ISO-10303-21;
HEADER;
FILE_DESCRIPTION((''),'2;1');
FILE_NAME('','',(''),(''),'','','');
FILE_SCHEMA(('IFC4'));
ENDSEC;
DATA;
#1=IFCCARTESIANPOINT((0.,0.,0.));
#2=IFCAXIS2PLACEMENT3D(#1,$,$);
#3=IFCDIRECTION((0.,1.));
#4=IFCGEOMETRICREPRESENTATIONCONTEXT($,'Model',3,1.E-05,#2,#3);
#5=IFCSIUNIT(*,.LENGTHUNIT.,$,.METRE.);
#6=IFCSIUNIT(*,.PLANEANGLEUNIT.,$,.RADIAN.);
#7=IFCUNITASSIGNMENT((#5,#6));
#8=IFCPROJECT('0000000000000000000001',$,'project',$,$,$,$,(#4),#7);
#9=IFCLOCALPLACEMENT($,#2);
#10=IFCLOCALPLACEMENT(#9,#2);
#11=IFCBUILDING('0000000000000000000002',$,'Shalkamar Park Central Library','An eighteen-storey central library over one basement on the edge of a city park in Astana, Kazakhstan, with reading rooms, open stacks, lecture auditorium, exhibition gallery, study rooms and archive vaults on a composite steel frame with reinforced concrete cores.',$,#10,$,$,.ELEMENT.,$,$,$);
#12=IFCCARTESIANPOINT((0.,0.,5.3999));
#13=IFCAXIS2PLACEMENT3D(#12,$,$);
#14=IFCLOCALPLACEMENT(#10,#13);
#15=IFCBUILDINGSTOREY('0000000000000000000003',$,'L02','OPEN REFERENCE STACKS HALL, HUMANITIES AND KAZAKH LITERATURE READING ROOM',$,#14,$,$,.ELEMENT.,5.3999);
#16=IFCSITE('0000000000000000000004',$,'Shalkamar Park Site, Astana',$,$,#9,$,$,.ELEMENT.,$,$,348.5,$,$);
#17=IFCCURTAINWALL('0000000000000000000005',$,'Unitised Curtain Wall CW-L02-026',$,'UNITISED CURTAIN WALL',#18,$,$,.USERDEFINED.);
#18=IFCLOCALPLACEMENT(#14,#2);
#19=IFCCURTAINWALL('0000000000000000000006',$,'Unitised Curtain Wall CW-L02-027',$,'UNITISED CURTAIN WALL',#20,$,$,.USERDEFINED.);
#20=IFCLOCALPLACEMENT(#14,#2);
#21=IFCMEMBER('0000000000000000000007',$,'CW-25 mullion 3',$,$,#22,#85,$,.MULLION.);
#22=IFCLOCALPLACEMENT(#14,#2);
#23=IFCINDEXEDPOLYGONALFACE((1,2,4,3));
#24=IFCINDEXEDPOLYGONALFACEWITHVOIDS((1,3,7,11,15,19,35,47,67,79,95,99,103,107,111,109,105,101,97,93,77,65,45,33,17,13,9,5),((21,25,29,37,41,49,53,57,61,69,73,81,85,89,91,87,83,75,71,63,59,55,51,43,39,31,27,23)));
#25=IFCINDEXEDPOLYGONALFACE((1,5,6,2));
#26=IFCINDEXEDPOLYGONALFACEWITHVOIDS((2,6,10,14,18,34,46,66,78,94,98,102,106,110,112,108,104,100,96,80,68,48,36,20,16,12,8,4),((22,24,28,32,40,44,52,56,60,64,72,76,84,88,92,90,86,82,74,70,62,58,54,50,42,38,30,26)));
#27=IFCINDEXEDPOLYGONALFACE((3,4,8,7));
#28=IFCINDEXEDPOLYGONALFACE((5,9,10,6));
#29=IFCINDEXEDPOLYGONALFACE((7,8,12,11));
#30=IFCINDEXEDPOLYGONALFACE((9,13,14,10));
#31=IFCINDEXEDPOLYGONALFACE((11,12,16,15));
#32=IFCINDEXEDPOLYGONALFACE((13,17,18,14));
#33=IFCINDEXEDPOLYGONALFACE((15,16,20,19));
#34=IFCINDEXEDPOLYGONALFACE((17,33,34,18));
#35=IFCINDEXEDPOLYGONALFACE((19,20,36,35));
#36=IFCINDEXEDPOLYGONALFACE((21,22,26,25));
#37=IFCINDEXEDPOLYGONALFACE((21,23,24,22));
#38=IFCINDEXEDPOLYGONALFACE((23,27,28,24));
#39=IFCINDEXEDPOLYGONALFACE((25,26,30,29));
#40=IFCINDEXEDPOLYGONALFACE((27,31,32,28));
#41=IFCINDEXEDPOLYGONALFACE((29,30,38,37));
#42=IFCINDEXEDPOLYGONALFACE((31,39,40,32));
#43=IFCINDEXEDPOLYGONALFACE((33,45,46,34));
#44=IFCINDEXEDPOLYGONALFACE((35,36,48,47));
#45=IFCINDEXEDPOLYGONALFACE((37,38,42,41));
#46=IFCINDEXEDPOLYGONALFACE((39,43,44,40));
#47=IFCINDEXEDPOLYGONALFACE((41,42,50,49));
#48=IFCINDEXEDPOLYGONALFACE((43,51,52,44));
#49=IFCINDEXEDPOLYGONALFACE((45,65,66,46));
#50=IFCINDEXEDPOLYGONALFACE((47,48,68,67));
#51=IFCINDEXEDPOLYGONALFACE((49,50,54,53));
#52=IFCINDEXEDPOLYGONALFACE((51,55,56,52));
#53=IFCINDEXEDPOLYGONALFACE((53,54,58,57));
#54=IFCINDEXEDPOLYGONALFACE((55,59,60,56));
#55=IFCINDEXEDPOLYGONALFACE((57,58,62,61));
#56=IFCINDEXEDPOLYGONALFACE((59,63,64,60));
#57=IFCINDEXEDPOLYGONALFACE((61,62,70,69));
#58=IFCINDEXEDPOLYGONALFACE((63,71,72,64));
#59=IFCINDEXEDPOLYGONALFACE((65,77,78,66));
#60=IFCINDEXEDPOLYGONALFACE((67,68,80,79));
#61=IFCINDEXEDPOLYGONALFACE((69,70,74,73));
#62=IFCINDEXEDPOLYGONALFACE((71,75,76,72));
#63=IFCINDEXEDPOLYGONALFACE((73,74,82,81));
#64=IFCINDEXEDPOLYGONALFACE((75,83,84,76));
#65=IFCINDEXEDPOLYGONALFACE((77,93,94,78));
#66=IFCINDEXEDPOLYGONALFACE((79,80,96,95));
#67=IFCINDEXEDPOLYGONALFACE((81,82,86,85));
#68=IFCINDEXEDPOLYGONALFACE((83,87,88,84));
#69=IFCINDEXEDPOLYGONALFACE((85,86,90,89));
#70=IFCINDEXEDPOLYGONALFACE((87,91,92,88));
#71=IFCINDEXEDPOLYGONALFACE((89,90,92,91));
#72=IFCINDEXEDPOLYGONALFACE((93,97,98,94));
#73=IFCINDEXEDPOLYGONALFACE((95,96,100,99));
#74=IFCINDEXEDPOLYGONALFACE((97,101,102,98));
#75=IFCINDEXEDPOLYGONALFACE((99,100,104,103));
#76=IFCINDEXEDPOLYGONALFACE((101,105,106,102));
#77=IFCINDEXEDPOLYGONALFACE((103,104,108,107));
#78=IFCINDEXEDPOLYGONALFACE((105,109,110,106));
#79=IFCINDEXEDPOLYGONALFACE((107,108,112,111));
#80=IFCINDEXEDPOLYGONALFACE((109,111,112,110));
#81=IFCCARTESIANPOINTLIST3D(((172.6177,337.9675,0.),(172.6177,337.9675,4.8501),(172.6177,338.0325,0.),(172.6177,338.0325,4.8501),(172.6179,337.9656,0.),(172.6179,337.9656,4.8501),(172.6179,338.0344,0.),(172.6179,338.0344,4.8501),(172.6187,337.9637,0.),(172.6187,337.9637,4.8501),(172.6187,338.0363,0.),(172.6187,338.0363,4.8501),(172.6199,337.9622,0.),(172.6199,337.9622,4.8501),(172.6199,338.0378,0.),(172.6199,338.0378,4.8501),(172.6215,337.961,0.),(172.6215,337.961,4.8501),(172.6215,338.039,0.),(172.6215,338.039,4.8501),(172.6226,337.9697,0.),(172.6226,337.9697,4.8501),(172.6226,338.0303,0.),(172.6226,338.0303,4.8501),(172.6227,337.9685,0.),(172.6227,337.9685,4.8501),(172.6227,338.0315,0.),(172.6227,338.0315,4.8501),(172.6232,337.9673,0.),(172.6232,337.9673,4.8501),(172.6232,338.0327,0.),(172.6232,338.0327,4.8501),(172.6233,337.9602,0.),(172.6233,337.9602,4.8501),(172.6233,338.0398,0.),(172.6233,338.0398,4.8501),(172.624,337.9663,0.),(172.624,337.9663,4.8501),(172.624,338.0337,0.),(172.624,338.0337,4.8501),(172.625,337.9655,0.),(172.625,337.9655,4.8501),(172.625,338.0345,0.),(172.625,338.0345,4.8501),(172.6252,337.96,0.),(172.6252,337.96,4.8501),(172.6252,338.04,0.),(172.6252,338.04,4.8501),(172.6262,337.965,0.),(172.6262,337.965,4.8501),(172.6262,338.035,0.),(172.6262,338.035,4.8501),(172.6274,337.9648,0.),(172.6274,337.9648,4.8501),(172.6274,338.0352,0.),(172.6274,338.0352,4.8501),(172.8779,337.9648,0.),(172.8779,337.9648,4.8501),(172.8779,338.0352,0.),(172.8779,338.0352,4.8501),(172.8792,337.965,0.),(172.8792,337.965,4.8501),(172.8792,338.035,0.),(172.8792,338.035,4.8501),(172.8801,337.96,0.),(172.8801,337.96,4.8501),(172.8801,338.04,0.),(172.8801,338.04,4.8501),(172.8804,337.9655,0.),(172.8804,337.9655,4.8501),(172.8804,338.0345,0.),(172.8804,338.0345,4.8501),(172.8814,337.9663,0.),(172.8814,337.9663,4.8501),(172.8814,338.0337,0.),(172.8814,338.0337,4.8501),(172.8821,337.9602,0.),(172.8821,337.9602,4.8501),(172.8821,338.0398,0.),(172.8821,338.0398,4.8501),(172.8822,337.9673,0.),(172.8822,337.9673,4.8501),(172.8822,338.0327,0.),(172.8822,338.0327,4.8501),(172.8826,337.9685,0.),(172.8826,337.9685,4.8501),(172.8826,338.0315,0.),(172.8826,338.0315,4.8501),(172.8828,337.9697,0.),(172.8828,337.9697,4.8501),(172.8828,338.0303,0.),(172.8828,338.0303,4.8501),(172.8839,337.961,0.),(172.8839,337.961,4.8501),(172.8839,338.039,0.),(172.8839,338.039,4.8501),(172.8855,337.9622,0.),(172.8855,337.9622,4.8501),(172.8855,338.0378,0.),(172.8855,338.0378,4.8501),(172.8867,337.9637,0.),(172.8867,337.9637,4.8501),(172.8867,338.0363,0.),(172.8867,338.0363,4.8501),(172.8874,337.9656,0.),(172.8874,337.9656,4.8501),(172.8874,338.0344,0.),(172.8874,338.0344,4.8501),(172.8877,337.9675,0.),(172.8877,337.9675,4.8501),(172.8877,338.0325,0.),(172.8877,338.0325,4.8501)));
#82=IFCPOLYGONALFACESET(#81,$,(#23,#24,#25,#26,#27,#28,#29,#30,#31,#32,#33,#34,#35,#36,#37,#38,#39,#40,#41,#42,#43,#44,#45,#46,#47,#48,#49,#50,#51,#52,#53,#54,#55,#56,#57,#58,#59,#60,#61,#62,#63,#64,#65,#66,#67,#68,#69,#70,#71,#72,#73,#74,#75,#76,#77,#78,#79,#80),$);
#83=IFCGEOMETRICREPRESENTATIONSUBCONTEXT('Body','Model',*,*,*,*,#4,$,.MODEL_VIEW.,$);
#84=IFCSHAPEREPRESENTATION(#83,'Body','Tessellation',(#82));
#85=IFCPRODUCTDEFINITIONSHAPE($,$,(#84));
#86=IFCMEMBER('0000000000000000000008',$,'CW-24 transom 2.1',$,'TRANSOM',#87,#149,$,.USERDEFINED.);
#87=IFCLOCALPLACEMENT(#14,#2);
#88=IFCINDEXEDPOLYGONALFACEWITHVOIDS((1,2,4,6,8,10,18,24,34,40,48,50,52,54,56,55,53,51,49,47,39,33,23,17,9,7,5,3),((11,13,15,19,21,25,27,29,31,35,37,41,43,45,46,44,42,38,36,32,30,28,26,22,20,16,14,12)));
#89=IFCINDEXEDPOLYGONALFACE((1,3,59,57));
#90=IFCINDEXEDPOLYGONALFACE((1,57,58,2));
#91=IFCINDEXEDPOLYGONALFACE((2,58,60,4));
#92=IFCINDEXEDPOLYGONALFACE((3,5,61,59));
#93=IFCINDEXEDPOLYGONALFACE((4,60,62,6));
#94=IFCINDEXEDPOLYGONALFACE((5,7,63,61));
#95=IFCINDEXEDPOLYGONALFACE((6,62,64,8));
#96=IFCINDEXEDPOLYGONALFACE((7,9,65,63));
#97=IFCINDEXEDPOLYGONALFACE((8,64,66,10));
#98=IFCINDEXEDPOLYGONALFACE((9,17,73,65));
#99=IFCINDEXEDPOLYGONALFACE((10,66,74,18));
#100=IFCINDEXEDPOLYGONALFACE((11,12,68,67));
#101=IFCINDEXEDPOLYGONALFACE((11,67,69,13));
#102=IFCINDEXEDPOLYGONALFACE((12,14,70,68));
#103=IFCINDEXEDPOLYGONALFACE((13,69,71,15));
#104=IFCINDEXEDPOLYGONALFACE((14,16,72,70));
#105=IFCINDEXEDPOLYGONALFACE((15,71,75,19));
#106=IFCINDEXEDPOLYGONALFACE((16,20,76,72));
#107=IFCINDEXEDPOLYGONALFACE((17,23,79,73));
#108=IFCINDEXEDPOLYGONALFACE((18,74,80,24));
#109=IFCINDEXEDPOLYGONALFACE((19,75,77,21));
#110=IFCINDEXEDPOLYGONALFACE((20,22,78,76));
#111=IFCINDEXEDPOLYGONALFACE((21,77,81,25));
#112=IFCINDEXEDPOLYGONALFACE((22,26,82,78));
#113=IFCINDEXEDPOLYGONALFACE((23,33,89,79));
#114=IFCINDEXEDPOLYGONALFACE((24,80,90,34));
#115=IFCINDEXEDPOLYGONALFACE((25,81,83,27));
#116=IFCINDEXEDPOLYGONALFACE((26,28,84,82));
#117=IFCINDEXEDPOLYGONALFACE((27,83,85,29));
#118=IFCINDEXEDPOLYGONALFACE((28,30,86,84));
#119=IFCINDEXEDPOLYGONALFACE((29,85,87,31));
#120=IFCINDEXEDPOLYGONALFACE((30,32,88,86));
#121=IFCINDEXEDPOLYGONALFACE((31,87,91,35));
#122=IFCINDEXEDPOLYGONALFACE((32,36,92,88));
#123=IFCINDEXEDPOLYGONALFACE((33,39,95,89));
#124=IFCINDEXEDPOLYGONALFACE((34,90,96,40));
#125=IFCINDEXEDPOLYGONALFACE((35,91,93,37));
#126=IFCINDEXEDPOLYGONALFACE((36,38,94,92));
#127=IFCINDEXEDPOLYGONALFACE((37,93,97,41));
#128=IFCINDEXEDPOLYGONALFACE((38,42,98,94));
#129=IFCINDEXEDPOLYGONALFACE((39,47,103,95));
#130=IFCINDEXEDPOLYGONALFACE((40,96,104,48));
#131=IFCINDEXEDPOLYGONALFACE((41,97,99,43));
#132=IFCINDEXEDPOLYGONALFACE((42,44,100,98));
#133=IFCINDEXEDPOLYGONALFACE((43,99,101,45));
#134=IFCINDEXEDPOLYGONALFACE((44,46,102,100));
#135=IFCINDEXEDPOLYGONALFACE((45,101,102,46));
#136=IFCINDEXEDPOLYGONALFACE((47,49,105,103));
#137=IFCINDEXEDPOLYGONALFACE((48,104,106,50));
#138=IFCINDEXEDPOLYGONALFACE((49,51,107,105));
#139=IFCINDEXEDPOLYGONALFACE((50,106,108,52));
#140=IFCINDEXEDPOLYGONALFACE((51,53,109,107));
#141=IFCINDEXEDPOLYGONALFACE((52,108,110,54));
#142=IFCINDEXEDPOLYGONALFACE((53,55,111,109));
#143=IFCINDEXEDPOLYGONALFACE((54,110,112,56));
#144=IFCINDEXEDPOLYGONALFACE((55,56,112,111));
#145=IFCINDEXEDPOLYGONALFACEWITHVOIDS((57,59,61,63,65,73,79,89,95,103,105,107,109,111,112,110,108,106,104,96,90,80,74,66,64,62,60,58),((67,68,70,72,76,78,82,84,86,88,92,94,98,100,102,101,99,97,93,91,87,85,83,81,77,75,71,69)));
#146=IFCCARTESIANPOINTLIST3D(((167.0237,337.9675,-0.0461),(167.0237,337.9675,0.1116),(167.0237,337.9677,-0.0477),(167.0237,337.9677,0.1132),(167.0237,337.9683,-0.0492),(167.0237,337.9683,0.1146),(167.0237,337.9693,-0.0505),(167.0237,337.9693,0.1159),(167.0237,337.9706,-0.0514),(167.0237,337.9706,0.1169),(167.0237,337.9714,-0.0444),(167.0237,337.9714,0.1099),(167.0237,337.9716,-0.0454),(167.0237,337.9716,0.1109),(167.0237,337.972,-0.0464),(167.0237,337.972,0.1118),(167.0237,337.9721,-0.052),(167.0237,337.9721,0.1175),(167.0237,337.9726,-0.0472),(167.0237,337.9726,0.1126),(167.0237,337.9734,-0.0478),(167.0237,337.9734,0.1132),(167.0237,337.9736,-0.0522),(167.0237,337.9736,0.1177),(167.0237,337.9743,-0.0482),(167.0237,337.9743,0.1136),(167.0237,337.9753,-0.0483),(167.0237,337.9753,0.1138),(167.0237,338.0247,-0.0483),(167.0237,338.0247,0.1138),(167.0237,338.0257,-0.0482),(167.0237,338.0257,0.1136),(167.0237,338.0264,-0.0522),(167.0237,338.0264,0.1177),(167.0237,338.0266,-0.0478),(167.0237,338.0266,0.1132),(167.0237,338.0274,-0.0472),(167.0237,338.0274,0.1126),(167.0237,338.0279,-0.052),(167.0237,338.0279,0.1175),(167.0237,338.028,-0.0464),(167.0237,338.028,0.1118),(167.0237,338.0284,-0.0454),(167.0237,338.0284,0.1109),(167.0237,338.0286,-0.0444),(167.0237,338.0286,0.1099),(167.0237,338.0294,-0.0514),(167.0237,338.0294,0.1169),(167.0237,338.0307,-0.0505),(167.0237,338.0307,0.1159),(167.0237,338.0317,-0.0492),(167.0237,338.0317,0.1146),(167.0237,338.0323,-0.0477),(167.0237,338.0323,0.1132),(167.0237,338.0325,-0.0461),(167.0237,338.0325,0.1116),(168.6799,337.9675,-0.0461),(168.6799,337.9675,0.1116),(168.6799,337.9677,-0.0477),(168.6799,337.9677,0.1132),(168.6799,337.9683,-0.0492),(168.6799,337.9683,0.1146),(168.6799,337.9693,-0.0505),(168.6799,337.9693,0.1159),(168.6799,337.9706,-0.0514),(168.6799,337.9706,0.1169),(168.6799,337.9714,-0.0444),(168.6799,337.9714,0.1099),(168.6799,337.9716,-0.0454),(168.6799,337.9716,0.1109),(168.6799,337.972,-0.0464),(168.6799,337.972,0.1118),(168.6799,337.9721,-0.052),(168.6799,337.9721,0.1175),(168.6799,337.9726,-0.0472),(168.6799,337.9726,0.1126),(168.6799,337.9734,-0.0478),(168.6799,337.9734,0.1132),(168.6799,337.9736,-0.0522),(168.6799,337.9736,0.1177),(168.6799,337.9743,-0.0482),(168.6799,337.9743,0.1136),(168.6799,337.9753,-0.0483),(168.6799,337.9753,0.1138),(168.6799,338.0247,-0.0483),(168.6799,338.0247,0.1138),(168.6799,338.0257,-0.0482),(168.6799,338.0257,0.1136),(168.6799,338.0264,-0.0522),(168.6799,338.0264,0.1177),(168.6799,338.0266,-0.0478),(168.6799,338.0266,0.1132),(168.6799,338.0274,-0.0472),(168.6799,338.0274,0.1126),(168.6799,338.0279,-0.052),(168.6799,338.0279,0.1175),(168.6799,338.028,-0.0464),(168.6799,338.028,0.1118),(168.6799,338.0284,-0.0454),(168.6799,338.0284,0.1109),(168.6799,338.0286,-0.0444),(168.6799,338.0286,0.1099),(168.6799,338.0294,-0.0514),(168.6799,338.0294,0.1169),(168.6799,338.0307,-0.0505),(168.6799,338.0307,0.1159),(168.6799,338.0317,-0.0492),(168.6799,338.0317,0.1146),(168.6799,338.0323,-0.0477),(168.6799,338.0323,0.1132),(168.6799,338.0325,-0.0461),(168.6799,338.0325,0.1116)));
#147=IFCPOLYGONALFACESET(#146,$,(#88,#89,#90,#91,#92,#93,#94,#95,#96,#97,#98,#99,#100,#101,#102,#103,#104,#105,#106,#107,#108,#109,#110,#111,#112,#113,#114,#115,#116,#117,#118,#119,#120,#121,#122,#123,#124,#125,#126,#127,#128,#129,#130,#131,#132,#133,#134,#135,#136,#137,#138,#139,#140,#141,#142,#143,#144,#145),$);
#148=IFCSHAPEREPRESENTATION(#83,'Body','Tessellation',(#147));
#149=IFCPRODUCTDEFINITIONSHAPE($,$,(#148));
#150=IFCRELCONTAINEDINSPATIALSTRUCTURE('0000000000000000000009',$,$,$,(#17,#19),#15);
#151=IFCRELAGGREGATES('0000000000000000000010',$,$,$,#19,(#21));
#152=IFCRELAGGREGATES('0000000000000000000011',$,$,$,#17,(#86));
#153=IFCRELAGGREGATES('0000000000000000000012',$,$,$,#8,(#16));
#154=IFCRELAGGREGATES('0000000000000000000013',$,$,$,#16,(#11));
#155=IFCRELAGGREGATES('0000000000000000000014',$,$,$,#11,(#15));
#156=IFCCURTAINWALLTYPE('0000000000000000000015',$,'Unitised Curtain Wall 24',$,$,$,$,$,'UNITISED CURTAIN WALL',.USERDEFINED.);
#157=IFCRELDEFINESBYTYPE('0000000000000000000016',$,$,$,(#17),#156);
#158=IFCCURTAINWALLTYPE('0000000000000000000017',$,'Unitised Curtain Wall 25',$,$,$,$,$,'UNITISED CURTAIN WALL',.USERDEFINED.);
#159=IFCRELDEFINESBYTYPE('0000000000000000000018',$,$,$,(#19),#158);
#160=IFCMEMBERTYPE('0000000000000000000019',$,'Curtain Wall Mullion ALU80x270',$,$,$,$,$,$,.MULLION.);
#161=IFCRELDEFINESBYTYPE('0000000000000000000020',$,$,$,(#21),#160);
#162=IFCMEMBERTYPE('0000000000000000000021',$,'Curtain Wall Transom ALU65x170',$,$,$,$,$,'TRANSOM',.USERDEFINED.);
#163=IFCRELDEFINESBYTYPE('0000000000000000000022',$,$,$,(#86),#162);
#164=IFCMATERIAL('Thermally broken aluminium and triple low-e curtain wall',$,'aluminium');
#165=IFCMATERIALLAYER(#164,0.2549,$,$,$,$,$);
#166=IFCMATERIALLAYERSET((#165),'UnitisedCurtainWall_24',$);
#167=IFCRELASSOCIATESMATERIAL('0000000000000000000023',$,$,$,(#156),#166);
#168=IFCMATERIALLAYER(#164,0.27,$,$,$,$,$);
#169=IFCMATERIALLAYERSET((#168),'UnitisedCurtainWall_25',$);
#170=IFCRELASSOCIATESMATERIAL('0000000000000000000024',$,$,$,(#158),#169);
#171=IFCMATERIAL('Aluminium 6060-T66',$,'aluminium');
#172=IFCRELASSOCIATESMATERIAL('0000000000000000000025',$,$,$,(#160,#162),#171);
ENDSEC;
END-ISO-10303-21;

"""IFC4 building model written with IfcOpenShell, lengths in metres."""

from ifc_helpers import new_model, si_unit, direction, frame, origin, origin_2d, place, context, subcontext, project, spatial, hollow_rectangle, extrude, material, layer, layer_set, material_profile, profile_set, type_object, element, aggregate, save


model = new_model("IFC4")

# Units and contexts
model_context = context("Model", 3, precision=1e-05, world=origin(), true_north=direction((0.0, 1.0)))
body_context = subcontext(model_context, "Body", "Model", "MODEL_VIEW")
ifc_project = project(units=[si_unit("LENGTHUNIT", "METRE"), si_unit("PLANEANGLEUNIT", "RADIAN")], contexts=[model_context])

# Site, building, storey
site_placement = place(None, origin())
site = spatial("IfcSite", under=ifc_project, at=site_placement, Name="Shalkamar Park Site, Astana", CompositionType="ELEMENT", RefElevation=348.5)
building_placement = place(site_placement, origin())
building = spatial("IfcBuilding", under=site, at=building_placement, Name="Shalkamar Park Central Library", Description="An eighteen-storey central library over one basement on the edge of a city park in Astana, Kazakhstan, with reading rooms, open stacks, lecture auditorium, exhibition gallery, study rooms and archive vaults on a composite steel frame with reinforced concrete cores.", CompositionType="ELEMENT")
storey_placement = place(building_placement, frame((0.0, 0.0, 5.3999)))
storey = spatial("IfcBuildingStorey", under=building, at=storey_placement, Name="L02", Description="OPEN REFERENCE STACKS HALL, HUMANITIES AND KAZAKH LITERATURE READING ROOM", CompositionType="ELEMENT", Elevation=5.3999)

# Curtain walls, member
ifc_material_1 = material(Name="Thermally broken aluminium and triple low-e curtain wall", Category="aluminium")
ifc_layer_1 = layer(ifc_material_1, 0.2549)
ifc_layer_set_1 = layer_set([ifc_layer_1], Name="UnitisedCurtainWall_24")
curtain_wall_type_1 = type_object("IfcCurtainWallType", Name="Unitised Curtain Wall 24", ElementType="UNITISED CURTAIN WALL", PredefinedType="USERDEFINED", material=ifc_layer_set_1)
curtain_wall_1_placement = place(storey_placement, origin())
curtain_wall_1 = element("IfcCurtainWall", 1, at=curtain_wall_1_placement, inside=storey, type_object=curtain_wall_type_1, Name="Unitised Curtain Wall CW-L02-026", ObjectType="UNITISED CURTAIN WALL", PredefinedType="USERDEFINED")
ifc_material_2 = material(Name="Aluminium 6060-T66", Category="aluminium")
ifc_layer_2 = layer(ifc_material_1, 0.27)
ifc_layer_set_2 = layer_set([ifc_layer_2], Name="UnitisedCurtainWall_25")
curtain_wall_type_2 = type_object("IfcCurtainWallType", Name="Unitised Curtain Wall 25", ElementType="UNITISED CURTAIN WALL", PredefinedType="USERDEFINED", material=ifc_layer_set_2)
curtain_wall_2_placement = place(storey_placement, origin())
curtain_wall_2 = element("IfcCurtainWall", 2, at=curtain_wall_2_placement, inside=storey, type_object=curtain_wall_type_2, Name="Unitised Curtain Wall CW-L02-027", ObjectType="UNITISED CURTAIN WALL", PredefinedType="USERDEFINED")
ifc_material_profile_1 = material_profile(ifc_material_2, hollow_rectangle(XDim=0.0801, YDim=0.27, WallThickness=0.0049, InnerFilletRadius=0.0049, OuterFilletRadius=0.0076, at=origin_2d()), Name="ALU 80x270x5")
ifc_profile_set_1 = profile_set([ifc_material_profile_1], Name="Aluminium 6060-T66")
member_type_1 = type_object("IfcMemberType", Name="Curtain Wall Mullion ALU80x270", PredefinedType="MULLION", material=ifc_profile_set_1)
member_1_placement = place(storey_placement, frame((172.7527, 338.0, 0.0), z_axis=(0.0, 0.0, 1.0), x_axis=(0.0, 1.0, 0.0)))
member_1 = element("IfcMember", 3, at=member_1_placement, type_object=member_type_1, Name="CW-25 mullion 3", PredefinedType="MULLION", context=body_context, shape_type="SweptSolid", body=[
    extrude(hollow_rectangle(XDim=0.0801, YDim=0.27, WallThickness=0.0049, InnerFilletRadius=0.0049, OuterFilletRadius=0.0076, at=origin_2d()), origin(), (0.0, 0.0, 1.0), 4.8501),
])

# Member
ifc_material_profile_2 = material_profile(ifc_material_2, hollow_rectangle(XDim=0.0649, YDim=0.1699, WallThickness=0.0039, InnerFilletRadius=0.0039, OuterFilletRadius=0.0061, at=origin_2d()), Name="ALU 65x170x4")
ifc_profile_set_2 = profile_set([ifc_material_profile_2], Name="Aluminium 6060-T66")
member_type_2 = type_object("IfcMemberType", Name="Curtain Wall Transom ALU65x170", ElementType="TRANSOM", PredefinedType="USERDEFINED", material=ifc_profile_set_2)
member_2_placement = place(storey_placement, frame((167.0237, 338.0, 0.0327), z_axis=(1.0, 0.0, 0.0), x_axis=(0.0, 1.0, 0.0)))
member_2 = element("IfcMember", 4, at=member_2_placement, type_object=member_type_2, Name="CW-24 transom 2.1", ObjectType="TRANSOM", PredefinedType="USERDEFINED", context=body_context, shape_type="SweptSolid", body=[
    extrude(hollow_rectangle(XDim=0.0649, YDim=0.1699, WallThickness=0.0039, InnerFilletRadius=0.0039, OuterFilletRadius=0.0061, at=origin_2d()), origin(), (0.0, 0.0, 1.0), 1.6562),
])

aggregate(curtain_wall_2, [member_1])
aggregate(curtain_wall_1, [member_2])

save(model, "model.ifc")
